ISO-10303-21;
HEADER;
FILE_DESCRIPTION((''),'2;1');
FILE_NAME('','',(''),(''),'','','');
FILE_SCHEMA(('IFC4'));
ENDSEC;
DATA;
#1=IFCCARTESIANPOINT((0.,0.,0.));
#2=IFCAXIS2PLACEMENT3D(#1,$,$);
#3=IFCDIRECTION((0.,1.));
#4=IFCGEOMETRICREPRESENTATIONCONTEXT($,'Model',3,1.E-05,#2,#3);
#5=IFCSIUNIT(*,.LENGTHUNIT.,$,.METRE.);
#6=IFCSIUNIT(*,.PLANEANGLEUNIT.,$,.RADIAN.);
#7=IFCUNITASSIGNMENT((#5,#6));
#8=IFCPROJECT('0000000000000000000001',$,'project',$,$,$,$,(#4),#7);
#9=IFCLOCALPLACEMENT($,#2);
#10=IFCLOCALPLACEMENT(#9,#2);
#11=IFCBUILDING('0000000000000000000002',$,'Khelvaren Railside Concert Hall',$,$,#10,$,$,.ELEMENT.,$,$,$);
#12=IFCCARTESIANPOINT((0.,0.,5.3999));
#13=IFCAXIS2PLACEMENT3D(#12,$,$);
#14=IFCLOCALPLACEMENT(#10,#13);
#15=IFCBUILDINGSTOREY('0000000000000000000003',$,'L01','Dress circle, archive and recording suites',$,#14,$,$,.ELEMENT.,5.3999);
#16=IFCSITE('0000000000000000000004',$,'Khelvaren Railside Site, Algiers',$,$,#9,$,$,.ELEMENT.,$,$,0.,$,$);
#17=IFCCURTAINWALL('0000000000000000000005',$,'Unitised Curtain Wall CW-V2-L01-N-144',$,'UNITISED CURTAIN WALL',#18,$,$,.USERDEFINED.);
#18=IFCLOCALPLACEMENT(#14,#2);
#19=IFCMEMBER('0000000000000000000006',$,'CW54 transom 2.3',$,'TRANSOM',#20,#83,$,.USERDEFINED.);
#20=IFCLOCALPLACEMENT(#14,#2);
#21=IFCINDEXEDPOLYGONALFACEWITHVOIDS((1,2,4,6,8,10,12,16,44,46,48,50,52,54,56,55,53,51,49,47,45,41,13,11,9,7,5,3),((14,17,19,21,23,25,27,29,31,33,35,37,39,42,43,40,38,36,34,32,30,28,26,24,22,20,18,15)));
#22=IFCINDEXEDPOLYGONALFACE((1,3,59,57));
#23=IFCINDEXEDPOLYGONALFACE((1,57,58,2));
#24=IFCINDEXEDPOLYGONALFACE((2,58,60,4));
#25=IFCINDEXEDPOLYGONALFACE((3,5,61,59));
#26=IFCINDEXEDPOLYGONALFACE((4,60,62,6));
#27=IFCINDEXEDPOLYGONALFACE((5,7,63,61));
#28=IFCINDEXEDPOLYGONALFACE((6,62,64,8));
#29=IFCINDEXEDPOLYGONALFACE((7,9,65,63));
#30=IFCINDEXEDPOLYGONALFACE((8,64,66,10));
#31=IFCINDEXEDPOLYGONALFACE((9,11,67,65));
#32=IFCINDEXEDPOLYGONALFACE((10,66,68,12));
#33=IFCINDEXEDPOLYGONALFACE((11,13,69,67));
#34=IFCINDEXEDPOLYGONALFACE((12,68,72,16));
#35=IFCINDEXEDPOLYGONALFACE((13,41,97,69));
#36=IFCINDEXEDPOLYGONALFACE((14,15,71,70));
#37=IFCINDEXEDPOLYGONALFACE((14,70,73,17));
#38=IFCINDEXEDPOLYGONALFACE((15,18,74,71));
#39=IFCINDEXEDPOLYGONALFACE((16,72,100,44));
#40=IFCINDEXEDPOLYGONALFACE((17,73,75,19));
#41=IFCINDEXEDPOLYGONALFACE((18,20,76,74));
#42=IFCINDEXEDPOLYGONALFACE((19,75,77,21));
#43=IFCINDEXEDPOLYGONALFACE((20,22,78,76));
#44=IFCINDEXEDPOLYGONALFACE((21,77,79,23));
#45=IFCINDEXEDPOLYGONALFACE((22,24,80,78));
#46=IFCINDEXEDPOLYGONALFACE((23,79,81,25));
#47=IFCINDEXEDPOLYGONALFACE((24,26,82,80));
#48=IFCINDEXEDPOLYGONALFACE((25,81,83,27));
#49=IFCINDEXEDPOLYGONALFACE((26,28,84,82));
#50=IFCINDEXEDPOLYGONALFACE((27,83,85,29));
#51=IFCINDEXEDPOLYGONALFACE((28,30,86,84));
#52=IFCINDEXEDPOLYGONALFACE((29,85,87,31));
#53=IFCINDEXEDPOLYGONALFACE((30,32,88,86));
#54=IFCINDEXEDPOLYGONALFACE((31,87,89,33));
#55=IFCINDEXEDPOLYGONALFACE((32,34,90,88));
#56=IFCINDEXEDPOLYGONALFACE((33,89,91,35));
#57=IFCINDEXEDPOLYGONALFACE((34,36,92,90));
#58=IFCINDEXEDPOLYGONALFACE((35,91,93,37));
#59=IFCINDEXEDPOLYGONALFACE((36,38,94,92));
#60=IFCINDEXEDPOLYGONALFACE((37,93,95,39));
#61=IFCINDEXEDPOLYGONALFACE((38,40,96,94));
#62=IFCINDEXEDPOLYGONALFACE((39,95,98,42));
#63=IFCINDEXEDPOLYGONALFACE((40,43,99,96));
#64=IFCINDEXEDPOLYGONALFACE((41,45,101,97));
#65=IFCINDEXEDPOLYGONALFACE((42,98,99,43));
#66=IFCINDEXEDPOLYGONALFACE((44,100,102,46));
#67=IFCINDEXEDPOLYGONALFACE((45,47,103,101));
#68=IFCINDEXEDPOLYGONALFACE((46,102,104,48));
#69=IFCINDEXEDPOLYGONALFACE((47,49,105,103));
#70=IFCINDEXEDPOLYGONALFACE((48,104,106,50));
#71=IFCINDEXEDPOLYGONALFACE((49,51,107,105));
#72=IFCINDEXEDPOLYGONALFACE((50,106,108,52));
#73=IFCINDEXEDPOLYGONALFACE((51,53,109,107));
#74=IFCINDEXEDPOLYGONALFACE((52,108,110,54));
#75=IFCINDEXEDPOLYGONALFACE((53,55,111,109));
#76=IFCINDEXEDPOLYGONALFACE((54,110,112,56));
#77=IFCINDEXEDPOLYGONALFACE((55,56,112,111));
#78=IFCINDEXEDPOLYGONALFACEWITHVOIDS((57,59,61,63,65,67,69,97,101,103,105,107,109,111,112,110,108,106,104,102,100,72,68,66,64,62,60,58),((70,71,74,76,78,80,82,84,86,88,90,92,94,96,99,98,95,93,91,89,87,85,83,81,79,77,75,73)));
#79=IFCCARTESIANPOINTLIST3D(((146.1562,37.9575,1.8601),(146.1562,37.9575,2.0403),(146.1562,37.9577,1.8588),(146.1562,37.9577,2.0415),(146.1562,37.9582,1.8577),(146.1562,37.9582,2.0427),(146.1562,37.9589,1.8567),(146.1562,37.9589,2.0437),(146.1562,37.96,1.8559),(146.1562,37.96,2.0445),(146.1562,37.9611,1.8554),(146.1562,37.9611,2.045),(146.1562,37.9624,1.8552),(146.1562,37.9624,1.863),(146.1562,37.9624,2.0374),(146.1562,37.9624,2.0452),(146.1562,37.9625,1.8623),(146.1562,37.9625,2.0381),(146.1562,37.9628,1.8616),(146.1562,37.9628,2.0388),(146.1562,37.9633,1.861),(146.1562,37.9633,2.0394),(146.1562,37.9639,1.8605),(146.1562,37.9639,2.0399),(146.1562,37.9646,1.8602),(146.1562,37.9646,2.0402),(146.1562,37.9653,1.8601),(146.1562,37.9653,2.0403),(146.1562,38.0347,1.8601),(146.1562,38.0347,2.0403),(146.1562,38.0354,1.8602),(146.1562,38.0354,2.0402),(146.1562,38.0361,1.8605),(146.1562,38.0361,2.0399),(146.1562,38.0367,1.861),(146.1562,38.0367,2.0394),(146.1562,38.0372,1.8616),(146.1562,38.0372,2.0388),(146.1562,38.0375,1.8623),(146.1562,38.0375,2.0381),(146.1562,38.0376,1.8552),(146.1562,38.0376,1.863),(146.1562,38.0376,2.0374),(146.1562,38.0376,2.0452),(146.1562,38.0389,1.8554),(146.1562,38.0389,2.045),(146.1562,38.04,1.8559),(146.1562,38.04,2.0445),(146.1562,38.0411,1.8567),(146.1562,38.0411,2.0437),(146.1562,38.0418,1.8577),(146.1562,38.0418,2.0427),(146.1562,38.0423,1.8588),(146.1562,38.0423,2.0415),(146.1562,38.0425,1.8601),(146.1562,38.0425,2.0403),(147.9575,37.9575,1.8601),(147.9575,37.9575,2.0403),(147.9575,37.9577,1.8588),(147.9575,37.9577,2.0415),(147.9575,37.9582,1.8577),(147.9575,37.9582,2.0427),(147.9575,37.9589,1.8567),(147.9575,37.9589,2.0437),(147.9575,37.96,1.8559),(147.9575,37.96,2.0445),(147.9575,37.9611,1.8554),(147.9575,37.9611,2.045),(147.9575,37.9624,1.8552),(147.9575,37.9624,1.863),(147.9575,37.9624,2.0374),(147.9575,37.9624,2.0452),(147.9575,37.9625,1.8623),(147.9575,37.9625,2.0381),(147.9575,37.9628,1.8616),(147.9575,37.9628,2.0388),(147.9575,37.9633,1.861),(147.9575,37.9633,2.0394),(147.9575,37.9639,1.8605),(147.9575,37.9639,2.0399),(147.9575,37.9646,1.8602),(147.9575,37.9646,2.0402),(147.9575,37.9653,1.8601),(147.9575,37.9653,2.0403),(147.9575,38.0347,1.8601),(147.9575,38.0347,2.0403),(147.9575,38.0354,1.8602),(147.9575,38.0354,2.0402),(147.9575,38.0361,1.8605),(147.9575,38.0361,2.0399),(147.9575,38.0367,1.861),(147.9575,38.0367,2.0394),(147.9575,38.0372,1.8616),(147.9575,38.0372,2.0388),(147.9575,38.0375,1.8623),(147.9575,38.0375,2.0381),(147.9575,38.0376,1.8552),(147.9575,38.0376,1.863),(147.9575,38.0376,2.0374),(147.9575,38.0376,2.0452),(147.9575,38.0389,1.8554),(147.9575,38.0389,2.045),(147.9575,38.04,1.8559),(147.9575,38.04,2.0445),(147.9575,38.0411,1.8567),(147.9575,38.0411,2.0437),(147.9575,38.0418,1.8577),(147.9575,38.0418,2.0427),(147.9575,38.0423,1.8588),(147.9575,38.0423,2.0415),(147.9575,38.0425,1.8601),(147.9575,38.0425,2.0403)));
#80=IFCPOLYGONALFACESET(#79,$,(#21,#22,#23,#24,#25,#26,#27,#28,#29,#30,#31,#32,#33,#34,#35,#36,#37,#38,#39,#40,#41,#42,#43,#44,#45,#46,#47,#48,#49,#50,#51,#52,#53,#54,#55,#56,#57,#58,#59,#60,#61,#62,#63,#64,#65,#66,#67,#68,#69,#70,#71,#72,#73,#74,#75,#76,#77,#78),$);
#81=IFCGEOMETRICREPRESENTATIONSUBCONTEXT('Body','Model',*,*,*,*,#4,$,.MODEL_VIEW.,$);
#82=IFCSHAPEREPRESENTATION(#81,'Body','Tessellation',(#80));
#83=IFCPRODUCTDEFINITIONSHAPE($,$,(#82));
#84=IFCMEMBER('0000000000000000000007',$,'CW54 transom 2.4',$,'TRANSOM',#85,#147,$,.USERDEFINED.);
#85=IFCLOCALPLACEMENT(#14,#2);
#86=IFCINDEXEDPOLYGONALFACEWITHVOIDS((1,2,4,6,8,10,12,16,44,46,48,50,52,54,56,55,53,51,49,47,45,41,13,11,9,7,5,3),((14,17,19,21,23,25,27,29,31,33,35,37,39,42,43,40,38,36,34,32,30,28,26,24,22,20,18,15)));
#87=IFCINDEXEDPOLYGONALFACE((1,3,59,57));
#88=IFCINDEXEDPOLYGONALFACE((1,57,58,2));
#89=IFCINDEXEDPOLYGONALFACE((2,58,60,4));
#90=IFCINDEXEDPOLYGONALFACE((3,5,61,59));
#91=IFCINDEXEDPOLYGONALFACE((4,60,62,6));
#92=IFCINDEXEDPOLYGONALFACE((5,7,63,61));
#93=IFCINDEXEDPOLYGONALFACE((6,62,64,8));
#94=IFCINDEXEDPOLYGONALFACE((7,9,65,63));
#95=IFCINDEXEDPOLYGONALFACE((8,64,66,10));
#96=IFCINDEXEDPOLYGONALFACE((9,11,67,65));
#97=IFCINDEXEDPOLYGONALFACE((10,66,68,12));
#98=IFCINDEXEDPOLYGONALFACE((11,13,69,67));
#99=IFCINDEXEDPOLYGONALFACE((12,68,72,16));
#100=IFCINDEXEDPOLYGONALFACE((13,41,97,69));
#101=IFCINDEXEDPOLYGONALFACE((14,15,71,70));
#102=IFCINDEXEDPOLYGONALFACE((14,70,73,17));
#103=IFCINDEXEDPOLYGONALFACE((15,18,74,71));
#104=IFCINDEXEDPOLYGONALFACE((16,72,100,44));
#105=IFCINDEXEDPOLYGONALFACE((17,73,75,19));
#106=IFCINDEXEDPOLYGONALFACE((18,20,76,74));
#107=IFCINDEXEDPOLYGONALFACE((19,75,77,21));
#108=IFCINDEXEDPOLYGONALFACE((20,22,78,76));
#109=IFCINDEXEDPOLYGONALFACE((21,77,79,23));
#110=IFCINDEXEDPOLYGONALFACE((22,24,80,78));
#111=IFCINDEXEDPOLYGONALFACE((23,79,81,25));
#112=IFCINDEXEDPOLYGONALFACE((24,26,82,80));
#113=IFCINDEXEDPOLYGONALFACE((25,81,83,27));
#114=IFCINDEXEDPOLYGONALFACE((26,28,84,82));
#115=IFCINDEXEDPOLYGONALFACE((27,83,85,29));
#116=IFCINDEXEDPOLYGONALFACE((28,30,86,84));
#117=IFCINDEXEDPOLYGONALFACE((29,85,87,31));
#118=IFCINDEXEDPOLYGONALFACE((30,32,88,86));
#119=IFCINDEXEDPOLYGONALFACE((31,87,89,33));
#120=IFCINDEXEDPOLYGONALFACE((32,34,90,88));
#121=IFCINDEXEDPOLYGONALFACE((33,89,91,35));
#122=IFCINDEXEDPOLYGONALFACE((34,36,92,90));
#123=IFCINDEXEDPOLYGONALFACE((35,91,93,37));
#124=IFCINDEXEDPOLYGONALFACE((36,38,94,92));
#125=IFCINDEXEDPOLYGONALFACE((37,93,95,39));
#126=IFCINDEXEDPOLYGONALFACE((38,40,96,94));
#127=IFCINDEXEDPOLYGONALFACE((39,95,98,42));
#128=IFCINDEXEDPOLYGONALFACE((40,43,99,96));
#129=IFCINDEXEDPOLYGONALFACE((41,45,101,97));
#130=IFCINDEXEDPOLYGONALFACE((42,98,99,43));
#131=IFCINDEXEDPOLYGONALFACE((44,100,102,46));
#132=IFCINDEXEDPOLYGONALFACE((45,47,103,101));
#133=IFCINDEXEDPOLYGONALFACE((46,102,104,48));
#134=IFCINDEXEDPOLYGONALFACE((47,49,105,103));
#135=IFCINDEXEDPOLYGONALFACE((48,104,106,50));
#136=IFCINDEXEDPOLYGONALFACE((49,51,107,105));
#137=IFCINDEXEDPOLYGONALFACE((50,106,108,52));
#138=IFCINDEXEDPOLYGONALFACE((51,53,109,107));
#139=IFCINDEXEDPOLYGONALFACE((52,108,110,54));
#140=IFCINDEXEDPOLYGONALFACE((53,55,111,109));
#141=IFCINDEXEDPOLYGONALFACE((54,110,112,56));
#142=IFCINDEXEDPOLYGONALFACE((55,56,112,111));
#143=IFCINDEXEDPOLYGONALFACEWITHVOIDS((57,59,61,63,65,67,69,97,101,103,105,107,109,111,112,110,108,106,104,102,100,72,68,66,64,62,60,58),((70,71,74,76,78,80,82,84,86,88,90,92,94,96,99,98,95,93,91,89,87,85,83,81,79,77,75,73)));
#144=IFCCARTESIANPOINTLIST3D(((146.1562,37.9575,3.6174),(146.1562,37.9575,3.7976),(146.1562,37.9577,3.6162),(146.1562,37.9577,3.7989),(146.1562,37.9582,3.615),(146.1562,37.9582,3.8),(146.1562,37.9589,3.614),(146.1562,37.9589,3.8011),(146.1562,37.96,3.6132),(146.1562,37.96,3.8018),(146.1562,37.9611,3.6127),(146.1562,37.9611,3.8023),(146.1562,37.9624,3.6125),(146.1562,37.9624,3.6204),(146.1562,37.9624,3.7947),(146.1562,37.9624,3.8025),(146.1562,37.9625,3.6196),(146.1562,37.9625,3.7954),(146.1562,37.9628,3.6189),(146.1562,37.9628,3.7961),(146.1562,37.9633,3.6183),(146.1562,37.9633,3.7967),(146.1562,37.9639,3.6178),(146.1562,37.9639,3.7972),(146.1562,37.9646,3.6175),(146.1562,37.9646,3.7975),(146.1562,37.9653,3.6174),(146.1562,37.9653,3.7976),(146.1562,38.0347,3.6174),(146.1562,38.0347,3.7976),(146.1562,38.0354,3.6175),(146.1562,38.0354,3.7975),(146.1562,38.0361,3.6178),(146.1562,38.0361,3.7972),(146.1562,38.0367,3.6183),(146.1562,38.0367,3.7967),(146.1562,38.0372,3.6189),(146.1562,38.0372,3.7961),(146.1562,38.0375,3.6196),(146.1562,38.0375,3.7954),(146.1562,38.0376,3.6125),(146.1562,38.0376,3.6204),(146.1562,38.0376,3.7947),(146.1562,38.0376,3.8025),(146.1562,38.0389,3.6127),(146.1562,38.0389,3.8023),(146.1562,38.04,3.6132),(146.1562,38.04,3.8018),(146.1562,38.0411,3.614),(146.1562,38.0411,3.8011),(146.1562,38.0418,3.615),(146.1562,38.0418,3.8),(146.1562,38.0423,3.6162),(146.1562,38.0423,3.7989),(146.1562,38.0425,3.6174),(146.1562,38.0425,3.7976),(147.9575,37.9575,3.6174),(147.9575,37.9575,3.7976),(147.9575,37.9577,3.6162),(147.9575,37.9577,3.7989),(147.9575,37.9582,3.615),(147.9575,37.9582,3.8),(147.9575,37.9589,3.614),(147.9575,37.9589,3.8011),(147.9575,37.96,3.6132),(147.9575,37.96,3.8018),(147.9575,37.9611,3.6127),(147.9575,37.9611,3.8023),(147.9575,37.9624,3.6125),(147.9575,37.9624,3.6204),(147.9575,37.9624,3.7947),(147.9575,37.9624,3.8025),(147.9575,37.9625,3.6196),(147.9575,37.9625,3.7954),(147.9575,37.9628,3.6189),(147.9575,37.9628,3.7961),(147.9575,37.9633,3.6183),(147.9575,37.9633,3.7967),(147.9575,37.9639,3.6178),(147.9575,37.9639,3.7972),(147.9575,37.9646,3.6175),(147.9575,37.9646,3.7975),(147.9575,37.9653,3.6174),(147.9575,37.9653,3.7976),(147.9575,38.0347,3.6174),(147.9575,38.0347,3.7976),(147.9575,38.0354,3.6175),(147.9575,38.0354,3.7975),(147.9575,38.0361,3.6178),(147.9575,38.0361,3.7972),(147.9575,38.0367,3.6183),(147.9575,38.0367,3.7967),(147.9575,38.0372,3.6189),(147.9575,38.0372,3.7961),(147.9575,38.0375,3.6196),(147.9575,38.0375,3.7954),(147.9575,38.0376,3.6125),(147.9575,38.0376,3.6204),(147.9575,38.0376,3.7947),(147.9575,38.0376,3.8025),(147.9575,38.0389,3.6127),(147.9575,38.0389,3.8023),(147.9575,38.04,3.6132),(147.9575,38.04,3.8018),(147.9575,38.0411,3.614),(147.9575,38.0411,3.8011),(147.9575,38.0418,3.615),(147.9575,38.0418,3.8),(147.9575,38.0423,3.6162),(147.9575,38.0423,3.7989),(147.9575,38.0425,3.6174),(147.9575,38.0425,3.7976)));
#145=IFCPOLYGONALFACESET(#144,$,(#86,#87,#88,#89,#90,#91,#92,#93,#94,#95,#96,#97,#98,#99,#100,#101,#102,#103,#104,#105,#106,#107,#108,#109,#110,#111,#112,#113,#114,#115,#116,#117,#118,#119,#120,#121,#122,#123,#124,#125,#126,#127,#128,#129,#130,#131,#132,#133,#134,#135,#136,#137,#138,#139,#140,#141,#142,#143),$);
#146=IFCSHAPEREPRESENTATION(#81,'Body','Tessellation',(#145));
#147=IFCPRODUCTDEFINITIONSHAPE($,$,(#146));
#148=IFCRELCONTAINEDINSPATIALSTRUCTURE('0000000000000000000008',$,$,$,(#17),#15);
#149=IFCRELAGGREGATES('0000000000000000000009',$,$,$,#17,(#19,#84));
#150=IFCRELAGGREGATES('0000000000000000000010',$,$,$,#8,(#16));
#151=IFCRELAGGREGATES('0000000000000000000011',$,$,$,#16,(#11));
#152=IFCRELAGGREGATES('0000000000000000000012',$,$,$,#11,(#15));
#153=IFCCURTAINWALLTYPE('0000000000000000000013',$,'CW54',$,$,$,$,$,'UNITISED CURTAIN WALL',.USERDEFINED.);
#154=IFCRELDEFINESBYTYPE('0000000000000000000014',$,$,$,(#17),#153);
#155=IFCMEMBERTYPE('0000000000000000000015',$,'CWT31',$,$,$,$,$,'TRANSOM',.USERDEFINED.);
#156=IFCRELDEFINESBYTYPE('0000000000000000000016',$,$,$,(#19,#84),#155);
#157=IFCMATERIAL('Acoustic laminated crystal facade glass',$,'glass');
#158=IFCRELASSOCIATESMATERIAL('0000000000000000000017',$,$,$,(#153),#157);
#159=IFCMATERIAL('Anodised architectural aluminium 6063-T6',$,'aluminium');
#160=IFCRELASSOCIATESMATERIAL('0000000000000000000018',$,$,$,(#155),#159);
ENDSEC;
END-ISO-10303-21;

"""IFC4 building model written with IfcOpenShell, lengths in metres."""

from ifc_helpers import new_model, si_unit, direction, frame, origin, origin_2d, place, context, subcontext, project, spatial, hollow_rectangle, extrude, material, material_profile, profile_set, type_object, element, aggregate, save


model = new_model("IFC4")

# Units and contexts
model_context = context("Model", 3, precision=1e-05, world=origin(), true_north=direction((0.0, 1.0)))
body_context = subcontext(model_context, "Body", "Model", "MODEL_VIEW")
ifc_project = project(units=[si_unit("LENGTHUNIT", "METRE"), si_unit("PLANEANGLEUNIT", "RADIAN")], contexts=[model_context])

# Site, building, storey
site_placement = place(None, origin())
site = spatial("IfcSite", under=ifc_project, at=site_placement, Name="Khelvaren Railside Site, Algiers", CompositionType="ELEMENT", RefElevation=0.0)
building_placement = place(site_placement, origin())
building = spatial("IfcBuilding", under=site, at=building_placement, Name="Khelvaren Railside Concert Hall", CompositionType="ELEMENT")
storey_placement = place(building_placement, frame((0.0, 0.0, 5.3999)))
storey = spatial("IfcBuildingStorey", under=building, at=storey_placement, Name="L01", Description="Dress circle, archive and recording suites", CompositionType="ELEMENT", Elevation=5.3999)

# Curtain wall
ifc_material_1 = material(Name="Acoustic laminated crystal facade glass", Category="glass")
curtain_wall_type_1 = type_object("IfcCurtainWallType", Name="CW54", ElementType="UNITISED CURTAIN WALL", PredefinedType="USERDEFINED", material=ifc_material_1)
curtain_wall_1_placement = place(storey_placement, origin())
curtain_wall_1 = element("IfcCurtainWall", 1, at=curtain_wall_1_placement, inside=storey, type_object=curtain_wall_type_1, Name="Unitised Curtain Wall CW-V2-L01-N-144", ObjectType="UNITISED CURTAIN WALL", PredefinedType="USERDEFINED")
ifc_material_2 = material(Name="Anodised architectural aluminium 6063-T6", Category="aluminium")

# Members
ifc_material_profile_1 = material_profile(ifc_material_2, hollow_rectangle(XDim=0.085, YDim=0.1899, WallThickness=0.0049, InnerFilletRadius=0.0029, OuterFilletRadius=0.0049, at=origin_2d()), Name="CWT 85x190x5")
ifc_profile_set_1 = profile_set([ifc_material_profile_1], Name="Anodised architectural aluminium 6063-T6")
member_type_1 = type_object("IfcMemberType", Name="CWT31", ElementType="TRANSOM", PredefinedType="USERDEFINED", material=ifc_profile_set_1)
member_1_placement = place(storey_placement, frame((146.1562, 38.0, 1.9502), z_axis=(1.0, 0.0, 0.0), x_axis=(0.0, 1.0, 0.0)))
member_1 = element("IfcMember", 2, at=member_1_placement, type_object=member_type_1, Name="CW54 transom 2.3", ObjectType="TRANSOM", PredefinedType="USERDEFINED", context=body_context, shape_type="SweptSolid", body=[
    extrude(hollow_rectangle(XDim=0.085, YDim=0.1899, WallThickness=0.0049, InnerFilletRadius=0.0029, OuterFilletRadius=0.0049, at=origin_2d()), origin(), (0.0, 0.0, 1.0), 1.8013),
])
member_2_placement = place(storey_placement, frame((146.1562, 38.0, 3.7075), z_axis=(1.0, 0.0, 0.0), x_axis=(0.0, 1.0, 0.0)))
member_2 = element("IfcMember", 3, at=member_2_placement, type_object=member_type_1, Name="CW54 transom 2.4", ObjectType="TRANSOM", PredefinedType="USERDEFINED", context=body_context, shape_type="SweptSolid", body=[
    extrude(hollow_rectangle(XDim=0.085, YDim=0.1899, WallThickness=0.0049, InnerFilletRadius=0.0029, OuterFilletRadius=0.0049, at=origin_2d()), origin(), (0.0, 0.0, 1.0), 1.8013),
])

aggregate(curtain_wall_1, [member_1, member_2])

save(model, "model.ifc")
